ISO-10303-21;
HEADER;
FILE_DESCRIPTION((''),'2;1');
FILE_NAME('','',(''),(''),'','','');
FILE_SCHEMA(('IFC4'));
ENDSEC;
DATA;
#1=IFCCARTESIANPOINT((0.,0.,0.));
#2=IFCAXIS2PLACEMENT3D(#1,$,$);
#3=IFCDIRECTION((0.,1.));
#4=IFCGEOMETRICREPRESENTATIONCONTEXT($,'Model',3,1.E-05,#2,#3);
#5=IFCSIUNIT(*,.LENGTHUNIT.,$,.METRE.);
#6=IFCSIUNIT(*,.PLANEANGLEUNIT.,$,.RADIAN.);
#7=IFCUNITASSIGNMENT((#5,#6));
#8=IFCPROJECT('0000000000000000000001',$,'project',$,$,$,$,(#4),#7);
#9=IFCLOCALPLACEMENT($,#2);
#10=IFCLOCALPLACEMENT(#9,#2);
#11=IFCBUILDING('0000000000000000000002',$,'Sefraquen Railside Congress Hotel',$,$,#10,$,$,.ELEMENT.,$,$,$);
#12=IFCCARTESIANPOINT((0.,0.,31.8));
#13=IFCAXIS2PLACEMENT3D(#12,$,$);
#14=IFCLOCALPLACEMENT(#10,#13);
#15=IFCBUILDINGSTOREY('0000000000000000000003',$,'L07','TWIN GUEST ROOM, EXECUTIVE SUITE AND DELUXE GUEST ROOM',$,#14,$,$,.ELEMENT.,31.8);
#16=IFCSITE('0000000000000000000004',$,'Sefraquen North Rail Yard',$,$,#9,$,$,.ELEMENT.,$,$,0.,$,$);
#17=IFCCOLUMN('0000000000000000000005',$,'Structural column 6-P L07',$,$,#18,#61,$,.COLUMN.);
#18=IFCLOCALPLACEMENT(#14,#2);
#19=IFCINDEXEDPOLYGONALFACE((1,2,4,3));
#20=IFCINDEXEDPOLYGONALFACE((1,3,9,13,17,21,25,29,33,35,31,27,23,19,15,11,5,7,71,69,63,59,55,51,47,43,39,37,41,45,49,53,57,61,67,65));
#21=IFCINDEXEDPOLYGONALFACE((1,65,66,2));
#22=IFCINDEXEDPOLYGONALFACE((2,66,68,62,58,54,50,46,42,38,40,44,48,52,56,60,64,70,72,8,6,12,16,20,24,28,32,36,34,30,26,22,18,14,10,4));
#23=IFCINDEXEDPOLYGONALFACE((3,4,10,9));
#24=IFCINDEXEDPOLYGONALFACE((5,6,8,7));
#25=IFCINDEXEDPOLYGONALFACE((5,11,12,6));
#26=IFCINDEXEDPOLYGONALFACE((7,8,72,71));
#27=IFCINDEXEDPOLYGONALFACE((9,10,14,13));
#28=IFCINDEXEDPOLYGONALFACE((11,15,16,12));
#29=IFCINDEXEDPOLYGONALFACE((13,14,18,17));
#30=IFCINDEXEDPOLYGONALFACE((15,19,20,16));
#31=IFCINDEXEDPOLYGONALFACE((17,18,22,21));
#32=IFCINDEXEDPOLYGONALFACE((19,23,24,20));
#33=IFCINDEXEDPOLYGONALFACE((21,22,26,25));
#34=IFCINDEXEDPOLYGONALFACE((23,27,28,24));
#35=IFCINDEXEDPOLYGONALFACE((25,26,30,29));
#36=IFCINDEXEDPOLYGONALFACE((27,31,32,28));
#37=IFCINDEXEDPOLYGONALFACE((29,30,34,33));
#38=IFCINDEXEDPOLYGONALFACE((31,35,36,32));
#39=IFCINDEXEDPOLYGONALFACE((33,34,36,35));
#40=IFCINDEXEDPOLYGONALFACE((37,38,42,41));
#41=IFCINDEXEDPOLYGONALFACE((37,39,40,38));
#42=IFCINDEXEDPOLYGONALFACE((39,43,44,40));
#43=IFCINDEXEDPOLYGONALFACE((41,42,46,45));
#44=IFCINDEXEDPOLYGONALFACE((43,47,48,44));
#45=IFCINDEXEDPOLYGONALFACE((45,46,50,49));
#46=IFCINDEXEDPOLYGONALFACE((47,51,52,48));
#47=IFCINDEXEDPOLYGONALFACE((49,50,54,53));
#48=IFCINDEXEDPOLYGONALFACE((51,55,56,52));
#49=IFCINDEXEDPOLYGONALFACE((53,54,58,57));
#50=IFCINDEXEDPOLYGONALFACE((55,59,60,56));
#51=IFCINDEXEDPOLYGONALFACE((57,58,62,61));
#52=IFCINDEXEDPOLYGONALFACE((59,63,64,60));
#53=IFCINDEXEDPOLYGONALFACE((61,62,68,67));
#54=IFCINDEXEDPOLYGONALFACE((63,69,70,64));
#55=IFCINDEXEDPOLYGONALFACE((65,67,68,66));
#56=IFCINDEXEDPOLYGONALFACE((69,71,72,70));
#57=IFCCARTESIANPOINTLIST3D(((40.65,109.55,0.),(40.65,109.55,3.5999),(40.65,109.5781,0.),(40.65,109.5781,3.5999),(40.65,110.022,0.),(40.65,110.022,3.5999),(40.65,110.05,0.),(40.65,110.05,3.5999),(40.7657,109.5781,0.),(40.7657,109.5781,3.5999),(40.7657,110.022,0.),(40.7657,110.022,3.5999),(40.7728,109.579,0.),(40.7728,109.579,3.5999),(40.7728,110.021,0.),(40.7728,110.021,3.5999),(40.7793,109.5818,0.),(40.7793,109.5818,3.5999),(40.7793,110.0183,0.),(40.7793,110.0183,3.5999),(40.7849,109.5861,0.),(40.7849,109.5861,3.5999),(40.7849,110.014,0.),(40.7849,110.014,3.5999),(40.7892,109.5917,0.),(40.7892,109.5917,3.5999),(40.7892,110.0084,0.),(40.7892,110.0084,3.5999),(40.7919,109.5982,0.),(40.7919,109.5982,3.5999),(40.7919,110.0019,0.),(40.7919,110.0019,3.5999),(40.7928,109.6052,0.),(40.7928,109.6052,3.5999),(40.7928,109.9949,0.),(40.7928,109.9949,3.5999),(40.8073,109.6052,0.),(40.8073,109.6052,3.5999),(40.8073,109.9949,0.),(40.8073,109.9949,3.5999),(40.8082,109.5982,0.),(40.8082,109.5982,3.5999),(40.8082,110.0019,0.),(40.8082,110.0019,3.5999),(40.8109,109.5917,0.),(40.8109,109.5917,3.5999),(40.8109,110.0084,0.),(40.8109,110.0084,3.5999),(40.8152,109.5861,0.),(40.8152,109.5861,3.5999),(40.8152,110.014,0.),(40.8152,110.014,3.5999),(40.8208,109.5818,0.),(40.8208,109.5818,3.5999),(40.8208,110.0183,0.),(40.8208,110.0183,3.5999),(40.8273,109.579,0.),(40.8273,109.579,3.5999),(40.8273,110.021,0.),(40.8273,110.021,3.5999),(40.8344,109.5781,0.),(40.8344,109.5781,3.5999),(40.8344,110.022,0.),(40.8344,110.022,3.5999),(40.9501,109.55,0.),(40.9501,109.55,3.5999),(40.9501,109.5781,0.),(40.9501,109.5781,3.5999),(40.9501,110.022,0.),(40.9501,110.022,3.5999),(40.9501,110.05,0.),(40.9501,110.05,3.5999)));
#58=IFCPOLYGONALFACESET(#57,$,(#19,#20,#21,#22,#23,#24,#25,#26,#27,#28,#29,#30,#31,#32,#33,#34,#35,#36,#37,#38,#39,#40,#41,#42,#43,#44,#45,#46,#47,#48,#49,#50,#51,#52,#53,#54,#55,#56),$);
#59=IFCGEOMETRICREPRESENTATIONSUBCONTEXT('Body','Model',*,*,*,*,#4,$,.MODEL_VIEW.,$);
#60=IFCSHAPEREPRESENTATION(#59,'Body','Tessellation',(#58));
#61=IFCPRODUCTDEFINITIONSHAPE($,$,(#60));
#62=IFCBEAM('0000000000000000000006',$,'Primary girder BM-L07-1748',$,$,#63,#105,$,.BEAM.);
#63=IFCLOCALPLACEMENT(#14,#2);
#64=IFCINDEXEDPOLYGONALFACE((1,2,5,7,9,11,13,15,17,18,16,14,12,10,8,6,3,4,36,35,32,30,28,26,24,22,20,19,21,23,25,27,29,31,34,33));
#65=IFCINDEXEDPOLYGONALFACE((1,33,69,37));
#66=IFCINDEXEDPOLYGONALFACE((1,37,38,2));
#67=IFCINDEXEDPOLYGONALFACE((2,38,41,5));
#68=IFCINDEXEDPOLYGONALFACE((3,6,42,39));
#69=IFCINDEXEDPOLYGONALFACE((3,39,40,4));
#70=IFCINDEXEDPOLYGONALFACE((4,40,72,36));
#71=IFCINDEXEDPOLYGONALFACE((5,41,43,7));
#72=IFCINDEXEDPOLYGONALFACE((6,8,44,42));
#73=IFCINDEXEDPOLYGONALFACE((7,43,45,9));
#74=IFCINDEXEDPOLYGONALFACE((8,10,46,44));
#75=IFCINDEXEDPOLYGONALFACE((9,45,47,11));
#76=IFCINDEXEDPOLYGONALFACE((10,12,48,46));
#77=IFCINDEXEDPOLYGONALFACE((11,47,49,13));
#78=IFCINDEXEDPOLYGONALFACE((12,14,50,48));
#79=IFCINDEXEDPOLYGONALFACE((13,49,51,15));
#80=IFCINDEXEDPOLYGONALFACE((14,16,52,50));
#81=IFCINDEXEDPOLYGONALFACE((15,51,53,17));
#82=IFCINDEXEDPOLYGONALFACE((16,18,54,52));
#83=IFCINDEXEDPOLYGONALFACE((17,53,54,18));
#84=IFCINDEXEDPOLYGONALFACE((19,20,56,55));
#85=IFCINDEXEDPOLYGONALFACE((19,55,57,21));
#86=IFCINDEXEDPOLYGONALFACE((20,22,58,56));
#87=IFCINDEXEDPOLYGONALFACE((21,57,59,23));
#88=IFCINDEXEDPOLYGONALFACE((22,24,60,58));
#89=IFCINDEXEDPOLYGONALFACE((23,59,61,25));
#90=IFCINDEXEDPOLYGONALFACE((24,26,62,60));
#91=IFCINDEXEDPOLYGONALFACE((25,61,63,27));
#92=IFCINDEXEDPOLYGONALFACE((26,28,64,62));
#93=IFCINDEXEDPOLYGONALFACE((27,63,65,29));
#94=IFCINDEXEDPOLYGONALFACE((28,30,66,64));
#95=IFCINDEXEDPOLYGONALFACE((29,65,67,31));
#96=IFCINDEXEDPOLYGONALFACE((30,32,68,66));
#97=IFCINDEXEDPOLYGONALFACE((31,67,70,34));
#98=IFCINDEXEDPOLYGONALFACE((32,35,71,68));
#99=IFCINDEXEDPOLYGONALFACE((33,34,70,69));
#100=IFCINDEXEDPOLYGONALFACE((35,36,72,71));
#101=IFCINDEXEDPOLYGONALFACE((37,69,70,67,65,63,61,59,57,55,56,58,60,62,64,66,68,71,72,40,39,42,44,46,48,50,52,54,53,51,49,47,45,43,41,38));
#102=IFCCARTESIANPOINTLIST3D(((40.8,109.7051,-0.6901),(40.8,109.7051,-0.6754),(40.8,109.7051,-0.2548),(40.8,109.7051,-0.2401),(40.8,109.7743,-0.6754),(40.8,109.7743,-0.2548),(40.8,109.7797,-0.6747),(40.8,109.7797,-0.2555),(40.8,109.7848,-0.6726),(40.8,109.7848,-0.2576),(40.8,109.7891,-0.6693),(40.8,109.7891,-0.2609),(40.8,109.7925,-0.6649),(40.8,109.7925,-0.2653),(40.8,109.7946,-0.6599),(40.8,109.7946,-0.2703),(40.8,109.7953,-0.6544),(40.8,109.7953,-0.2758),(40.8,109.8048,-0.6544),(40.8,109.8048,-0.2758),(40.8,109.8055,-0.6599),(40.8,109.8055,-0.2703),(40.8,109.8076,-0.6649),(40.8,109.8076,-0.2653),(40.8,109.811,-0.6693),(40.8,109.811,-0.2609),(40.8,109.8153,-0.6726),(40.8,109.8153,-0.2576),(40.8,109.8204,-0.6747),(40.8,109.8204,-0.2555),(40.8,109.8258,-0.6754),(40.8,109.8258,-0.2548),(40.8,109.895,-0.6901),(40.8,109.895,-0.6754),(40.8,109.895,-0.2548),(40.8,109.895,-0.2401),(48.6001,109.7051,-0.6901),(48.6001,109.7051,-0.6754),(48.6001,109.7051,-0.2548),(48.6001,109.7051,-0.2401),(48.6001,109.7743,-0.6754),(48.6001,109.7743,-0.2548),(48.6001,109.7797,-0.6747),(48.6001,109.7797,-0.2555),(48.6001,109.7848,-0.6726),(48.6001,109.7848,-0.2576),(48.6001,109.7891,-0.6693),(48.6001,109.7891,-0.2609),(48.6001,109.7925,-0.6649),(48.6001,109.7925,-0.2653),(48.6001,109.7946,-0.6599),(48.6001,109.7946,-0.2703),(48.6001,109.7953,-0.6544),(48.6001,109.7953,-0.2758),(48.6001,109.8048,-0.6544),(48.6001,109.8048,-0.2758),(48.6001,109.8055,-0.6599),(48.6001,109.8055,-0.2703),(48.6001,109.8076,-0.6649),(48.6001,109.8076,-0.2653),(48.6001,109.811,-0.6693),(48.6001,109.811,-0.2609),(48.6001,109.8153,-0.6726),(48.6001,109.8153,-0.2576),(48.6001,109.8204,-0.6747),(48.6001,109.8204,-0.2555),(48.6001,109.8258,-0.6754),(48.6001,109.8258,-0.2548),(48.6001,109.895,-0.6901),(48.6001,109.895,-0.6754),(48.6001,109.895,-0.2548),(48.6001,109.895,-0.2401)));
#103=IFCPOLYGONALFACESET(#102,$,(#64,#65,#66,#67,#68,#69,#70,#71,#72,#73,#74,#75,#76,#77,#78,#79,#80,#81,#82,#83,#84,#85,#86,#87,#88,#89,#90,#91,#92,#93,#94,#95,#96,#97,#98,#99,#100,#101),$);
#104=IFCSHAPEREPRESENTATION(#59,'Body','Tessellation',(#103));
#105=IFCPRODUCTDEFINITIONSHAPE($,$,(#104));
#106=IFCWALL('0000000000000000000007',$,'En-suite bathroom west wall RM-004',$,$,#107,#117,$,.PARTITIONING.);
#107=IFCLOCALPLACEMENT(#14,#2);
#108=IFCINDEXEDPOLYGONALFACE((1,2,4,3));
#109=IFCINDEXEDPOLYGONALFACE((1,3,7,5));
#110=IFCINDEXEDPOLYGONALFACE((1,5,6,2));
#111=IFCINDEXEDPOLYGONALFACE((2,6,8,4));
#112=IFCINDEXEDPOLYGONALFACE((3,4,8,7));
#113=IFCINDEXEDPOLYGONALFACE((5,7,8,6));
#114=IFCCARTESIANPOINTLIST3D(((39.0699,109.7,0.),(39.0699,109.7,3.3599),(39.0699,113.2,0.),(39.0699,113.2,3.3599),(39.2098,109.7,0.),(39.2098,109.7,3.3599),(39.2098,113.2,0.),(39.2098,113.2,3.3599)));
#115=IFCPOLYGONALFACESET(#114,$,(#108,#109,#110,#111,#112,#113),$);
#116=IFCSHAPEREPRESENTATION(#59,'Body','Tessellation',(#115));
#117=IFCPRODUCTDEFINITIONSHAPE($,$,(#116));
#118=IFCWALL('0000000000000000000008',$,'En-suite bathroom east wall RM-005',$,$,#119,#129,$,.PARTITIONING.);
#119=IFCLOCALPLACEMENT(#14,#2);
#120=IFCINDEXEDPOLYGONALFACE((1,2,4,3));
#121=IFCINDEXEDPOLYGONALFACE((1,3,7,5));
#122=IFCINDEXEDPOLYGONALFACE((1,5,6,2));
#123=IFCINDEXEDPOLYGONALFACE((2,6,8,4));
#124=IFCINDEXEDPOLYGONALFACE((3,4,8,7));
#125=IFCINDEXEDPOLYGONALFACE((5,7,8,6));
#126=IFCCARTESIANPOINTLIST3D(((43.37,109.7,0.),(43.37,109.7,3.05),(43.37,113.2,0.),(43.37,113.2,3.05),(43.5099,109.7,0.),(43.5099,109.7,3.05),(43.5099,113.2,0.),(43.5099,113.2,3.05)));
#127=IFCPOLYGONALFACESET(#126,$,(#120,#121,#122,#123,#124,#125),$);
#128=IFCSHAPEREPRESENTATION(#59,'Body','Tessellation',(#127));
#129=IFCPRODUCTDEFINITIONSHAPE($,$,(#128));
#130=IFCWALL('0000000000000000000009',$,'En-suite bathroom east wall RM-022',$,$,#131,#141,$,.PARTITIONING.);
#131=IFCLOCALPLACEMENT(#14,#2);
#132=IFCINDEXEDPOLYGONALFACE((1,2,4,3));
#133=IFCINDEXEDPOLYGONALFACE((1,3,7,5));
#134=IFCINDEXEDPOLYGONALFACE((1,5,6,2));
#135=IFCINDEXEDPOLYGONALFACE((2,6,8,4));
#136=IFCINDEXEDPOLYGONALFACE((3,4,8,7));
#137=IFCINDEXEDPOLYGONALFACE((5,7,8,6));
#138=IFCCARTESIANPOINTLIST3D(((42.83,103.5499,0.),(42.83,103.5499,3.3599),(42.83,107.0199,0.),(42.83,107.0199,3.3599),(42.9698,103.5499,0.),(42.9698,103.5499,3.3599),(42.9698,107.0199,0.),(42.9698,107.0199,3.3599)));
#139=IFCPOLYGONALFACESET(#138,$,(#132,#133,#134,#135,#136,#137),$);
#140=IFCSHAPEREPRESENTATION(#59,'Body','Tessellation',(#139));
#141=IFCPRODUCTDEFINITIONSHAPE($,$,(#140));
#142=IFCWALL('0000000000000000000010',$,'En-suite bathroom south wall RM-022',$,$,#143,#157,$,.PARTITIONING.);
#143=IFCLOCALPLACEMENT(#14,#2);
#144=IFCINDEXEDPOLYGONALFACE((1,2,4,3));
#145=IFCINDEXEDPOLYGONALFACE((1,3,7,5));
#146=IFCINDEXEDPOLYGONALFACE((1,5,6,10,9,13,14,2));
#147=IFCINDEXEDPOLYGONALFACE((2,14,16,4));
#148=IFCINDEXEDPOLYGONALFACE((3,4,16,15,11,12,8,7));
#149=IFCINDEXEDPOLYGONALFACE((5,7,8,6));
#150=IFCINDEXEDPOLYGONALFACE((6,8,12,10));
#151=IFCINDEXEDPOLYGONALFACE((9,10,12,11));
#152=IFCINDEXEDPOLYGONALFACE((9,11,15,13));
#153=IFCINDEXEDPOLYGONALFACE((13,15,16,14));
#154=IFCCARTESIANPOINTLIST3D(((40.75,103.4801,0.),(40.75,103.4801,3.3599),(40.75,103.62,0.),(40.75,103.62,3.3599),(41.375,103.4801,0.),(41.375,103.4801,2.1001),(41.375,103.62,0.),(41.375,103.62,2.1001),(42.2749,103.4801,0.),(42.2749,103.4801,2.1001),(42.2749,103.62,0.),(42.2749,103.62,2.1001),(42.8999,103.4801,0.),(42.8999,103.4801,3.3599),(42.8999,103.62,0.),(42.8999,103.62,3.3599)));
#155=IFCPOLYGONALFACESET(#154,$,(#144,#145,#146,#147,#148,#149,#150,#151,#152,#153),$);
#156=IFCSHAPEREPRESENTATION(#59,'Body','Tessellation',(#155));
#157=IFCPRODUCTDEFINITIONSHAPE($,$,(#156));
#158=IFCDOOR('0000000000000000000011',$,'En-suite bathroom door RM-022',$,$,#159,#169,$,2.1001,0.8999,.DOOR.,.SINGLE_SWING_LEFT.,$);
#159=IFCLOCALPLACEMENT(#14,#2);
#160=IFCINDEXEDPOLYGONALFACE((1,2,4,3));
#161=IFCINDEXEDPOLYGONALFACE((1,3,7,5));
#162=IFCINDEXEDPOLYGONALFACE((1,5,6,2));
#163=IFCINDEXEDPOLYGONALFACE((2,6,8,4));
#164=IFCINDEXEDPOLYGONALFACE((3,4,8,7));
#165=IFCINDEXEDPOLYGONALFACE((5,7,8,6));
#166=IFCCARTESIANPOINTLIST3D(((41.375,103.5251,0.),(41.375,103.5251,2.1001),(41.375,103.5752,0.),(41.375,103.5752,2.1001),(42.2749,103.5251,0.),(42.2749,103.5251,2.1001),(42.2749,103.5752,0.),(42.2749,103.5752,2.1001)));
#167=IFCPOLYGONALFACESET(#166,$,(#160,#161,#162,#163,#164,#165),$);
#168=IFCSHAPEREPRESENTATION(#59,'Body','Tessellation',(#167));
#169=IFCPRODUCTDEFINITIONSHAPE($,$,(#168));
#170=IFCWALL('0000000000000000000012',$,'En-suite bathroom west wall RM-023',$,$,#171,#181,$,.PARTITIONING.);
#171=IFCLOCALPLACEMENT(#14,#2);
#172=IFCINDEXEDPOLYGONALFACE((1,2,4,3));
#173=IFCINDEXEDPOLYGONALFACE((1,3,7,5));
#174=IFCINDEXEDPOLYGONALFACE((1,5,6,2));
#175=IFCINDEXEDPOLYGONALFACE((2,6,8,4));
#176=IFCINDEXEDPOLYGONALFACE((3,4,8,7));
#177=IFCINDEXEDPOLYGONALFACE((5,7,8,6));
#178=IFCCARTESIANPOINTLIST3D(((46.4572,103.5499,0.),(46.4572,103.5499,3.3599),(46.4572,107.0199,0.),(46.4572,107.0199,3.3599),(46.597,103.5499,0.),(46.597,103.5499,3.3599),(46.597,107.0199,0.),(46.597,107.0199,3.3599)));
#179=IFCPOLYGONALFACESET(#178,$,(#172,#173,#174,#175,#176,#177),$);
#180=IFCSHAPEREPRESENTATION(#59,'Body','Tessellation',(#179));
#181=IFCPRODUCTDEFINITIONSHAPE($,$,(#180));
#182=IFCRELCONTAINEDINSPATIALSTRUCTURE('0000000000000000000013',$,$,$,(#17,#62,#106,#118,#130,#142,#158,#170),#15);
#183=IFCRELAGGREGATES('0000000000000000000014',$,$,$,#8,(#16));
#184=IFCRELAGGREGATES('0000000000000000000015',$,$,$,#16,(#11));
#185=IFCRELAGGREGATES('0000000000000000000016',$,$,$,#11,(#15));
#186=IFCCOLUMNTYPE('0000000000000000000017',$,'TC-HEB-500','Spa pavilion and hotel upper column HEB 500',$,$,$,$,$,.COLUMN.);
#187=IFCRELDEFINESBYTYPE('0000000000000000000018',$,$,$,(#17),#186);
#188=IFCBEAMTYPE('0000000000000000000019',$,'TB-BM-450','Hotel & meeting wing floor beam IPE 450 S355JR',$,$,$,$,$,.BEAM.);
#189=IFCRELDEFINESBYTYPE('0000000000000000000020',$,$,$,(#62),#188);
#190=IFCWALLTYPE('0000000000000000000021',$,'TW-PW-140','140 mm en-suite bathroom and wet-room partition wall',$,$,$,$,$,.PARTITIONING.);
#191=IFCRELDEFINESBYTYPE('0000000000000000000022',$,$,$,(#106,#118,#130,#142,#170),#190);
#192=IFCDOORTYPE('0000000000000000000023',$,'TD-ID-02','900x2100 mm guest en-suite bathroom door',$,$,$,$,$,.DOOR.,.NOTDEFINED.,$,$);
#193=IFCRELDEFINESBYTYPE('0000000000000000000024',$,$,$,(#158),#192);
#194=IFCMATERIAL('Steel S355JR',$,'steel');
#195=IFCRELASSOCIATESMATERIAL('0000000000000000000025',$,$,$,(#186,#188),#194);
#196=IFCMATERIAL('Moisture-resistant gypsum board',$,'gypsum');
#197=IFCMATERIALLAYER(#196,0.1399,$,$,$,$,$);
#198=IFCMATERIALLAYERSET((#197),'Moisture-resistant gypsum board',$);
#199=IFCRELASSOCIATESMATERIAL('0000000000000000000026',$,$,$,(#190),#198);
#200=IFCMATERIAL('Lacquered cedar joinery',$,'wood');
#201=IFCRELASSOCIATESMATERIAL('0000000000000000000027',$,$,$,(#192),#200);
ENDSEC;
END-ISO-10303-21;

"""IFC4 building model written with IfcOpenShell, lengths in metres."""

from ifc_helpers import new_model, si_unit, direction, frame, frame_2d, origin, origin_2d, place, context, subcontext, project, spatial, rectangle, i_section, extrude, material, layer, layer_set, material_profile, profile_set, type_object, element, fill, save


model = new_model("IFC4")

# Units and contexts
model_context = context("Model", 3, precision=1e-05, world=origin(), true_north=direction((0.0, 1.0)))
body_context = subcontext(model_context, "Body", "Model", "MODEL_VIEW")
ifc_project = project(units=[si_unit("LENGTHUNIT", "METRE"), si_unit("PLANEANGLEUNIT", "RADIAN")], contexts=[model_context])

# Site, building, storey
site_placement = place(None, origin())
site = spatial("IfcSite", under=ifc_project, at=site_placement, Name="Sefraquen North Rail Yard", CompositionType="ELEMENT", RefElevation=0.0)
building_placement = place(site_placement, origin())
building = spatial("IfcBuilding", under=site, at=building_placement, Name="Sefraquen Railside Congress Hotel", CompositionType="ELEMENT")
storey_placement = place(building_placement, frame((0.0, 0.0, 31.8)))
storey = spatial("IfcBuildingStorey", under=building, at=storey_placement, Name="L07", Description="TWIN GUEST ROOM, EXECUTIVE SUITE AND DELUXE GUEST ROOM", CompositionType="ELEMENT", Elevation=31.8)

# Column
ifc_material_1 = material(Name="Steel S355JR", Category="steel")
ifc_material_profile_1 = material_profile(ifc_material_1, i_section(OverallWidth=0.3, OverallDepth=0.5, WebThickness=0.0144, FlangeThickness=0.0281, FilletRadius=0.0271, at=origin_2d()), Name="HEB 500")
ifc_profile_set_1 = profile_set([ifc_material_profile_1], Name="Steel S355JR")
column_type = type_object("IfcColumnType", Name="TC-HEB-500", Description="Spa pavilion and hotel upper column HEB 500", PredefinedType="COLUMN", material=ifc_profile_set_1)
column_placement = place(storey_placement, frame((40.8, 109.8, 0.0), z_axis=(0.0, 0.0, 1.0), x_axis=(1.0, 0.0, 0.0)))
element("IfcColumn", 1, at=column_placement, inside=storey, type_object=column_type, Name="Structural column 6-P L07", PredefinedType="COLUMN", context=body_context, shape_type="SweptSolid", body=[
    extrude(i_section(OverallWidth=0.3, OverallDepth=0.5, WebThickness=0.0144, FlangeThickness=0.0281, FilletRadius=0.0271, at=origin_2d()), origin(), (0.0, 0.0, 1.0), 3.5999),
])

# Beam
ifc_material_profile_2 = material_profile(ifc_material_1, i_section(OverallWidth=0.1899, OverallDepth=0.45, WebThickness=0.0095, FlangeThickness=0.0146, FilletRadius=0.021, at=origin_2d()), Name="IPE 450")
ifc_profile_set_2 = profile_set([ifc_material_profile_2], Name="Steel S355JR")
beam_type = type_object("IfcBeamType", Name="TB-BM-450", Description="Hotel & meeting wing floor beam IPE 450 S355JR", PredefinedType="BEAM", material=ifc_profile_set_2)
beam_placement = place(storey_placement, frame((40.8, 109.8, -0.4651), z_axis=(1.0, 0.0, 0.0), x_axis=(0.0, 1.0, 0.0)))
element("IfcBeam", 2, at=beam_placement, inside=storey, type_object=beam_type, Name="Primary girder BM-L07-1748", PredefinedType="BEAM", context=body_context, shape_type="SweptSolid", body=[
    extrude(i_section(OverallWidth=0.1899, OverallDepth=0.45, WebThickness=0.0095, FlangeThickness=0.0146, FilletRadius=0.021, at=origin_2d()), origin(), (0.0, 0.0, 1.0), 7.8),
])

# Walls
ifc_material_2 = material(Name="Moisture-resistant gypsum board", Category="gypsum")
ifc_layer_1 = layer(ifc_material_2, 0.1399)
ifc_layer_set_1 = layer_set([ifc_layer_1], Name="Moisture-resistant gypsum board")
wall_type_1 = type_object("IfcWallType", Name="TW-PW-140", Description="140 mm en-suite bathroom and wet-room partition wall", PredefinedType="PARTITIONING", material=ifc_layer_set_1)
wall_1_placement = place(storey_placement, frame((39.1399, 109.7, 0.0), z_axis=(0.0, 0.0, 1.0), x_axis=(0.0, 1.0, 0.0)))
element("IfcWall", 3, at=wall_1_placement, inside=storey, type_object=wall_type_1, Name="En-suite bathroom west wall RM-004", PredefinedType="PARTITIONING", context=body_context, shape_type="SweptSolid", body=[
    extrude(rectangle(XDim=3.5, YDim=0.1399, at=frame_2d((1.75, 0.0))), origin(), (0.0, 0.0, 1.0), 3.3599),
])
wall_2_placement = place(storey_placement, frame((43.4399, 109.7, 0.0), z_axis=(0.0, 0.0, 1.0), x_axis=(0.0, 1.0, 0.0)))
element("IfcWall", 4, at=wall_2_placement, inside=storey, type_object=wall_type_1, Name="En-suite bathroom east wall RM-005", PredefinedType="PARTITIONING", context=body_context, shape_type="SweptSolid", body=[
    extrude(rectangle(XDim=3.5, YDim=0.1399, at=frame_2d((1.75, 0.0))), origin(), (0.0, 0.0, 1.0), 3.05),
])
wall_3_placement = place(storey_placement, frame((42.8999, 103.55, 0.0), z_axis=(0.0, 0.0, 1.0), x_axis=(0.0, 1.0, 0.0)))
element("IfcWall", 5, at=wall_3_placement, inside=storey, type_object=wall_type_1, Name="En-suite bathroom east wall RM-022", PredefinedType="PARTITIONING", context=body_context, shape_type="SweptSolid", body=[
    extrude(rectangle(XDim=3.47, YDim=0.1399, at=frame_2d((1.7349, 0.0))), origin(), (0.0, 0.0, 1.0), 3.3599),
])

# Wall, opening, door
wall_4_placement = place(storey_placement, frame((40.75, 103.55, 0.0), z_axis=(0.0, 0.0, 1.0), x_axis=(1.0, 0.0, 0.0)))
wall_4 = element("IfcWall", 6, at=wall_4_placement, inside=storey, type_object=wall_type_1, Name="En-suite bathroom south wall RM-022", PredefinedType="PARTITIONING", context=body_context, shape_type="SweptSolid", body=[
    extrude(rectangle(XDim=2.1499, YDim=0.1399, at=frame_2d((1.075, 0.0))), origin(), (0.0, 0.0, 1.0), 3.3599),
])
opening_1_placement = place(wall_4_placement, frame((0.625, 0.0, 0.0)))
opening_1 = element("IfcOpeningElement", 7, at=opening_1_placement, cuts=wall_4, PredefinedType="OPENING", context=body_context, shape_type="SweptSolid", body=[
    extrude(rectangle(XDim=0.8999, YDim=2.1001, at=frame_2d((0.45, 1.05))), frame((0.0, 0.0798, 0.0), z_axis=(0.0, -1.0, 0.0), x_axis=(1.0, 0.0, 0.0)), (0.0, 0.0, 1.0), 0.1599),
])
ifc_material_3 = material(Name="Lacquered cedar joinery", Category="wood")
door_type_1 = type_object("IfcDoorType", Name="TD-ID-02", Description="900x2100 mm guest en-suite bathroom door", OperationType="NOTDEFINED", PredefinedType="DOOR", material=ifc_material_3)
door_1_placement = place(opening_1_placement, frame((0.8999, 0.0, 0.0), z_axis=(0.0, 0.0, 1.0), x_axis=(-1.0, 0.0, 0.0)))
door_1 = element("IfcDoor", 8, at=door_1_placement, inside=storey, type_object=door_type_1, Name="En-suite bathroom door RM-022", OperationType="SINGLE_SWING_LEFT", OverallHeight=2.1001, OverallWidth=0.8999, PredefinedType="DOOR", context=body_context, shape_type="SweptSolid", body=[
    extrude(rectangle(XDim=0.8999, YDim=2.1001, at=frame_2d((0.45, 1.05))), frame((0.0, 0.0249, 0.0), z_axis=(0.0, -1.0, 0.0), x_axis=(1.0, 0.0, 0.0)), (0.0, 0.0, 1.0), 0.05),
])
fill(opening_1, door_1)

# Wall
wall_5_placement = place(storey_placement, frame((46.5271, 103.55, 0.0), z_axis=(0.0, 0.0, 1.0), x_axis=(0.0, 1.0, 0.0)))
element("IfcWall", 9, at=wall_5_placement, inside=storey, type_object=wall_type_1, Name="En-suite bathroom west wall RM-023", PredefinedType="PARTITIONING", context=body_context, shape_type="SweptSolid", body=[
    extrude(rectangle(XDim=3.47, YDim=0.1399, at=frame_2d((1.7349, 0.0))), origin(), (0.0, 0.0, 1.0), 3.3599),
])

save(model, "model.ifc")
